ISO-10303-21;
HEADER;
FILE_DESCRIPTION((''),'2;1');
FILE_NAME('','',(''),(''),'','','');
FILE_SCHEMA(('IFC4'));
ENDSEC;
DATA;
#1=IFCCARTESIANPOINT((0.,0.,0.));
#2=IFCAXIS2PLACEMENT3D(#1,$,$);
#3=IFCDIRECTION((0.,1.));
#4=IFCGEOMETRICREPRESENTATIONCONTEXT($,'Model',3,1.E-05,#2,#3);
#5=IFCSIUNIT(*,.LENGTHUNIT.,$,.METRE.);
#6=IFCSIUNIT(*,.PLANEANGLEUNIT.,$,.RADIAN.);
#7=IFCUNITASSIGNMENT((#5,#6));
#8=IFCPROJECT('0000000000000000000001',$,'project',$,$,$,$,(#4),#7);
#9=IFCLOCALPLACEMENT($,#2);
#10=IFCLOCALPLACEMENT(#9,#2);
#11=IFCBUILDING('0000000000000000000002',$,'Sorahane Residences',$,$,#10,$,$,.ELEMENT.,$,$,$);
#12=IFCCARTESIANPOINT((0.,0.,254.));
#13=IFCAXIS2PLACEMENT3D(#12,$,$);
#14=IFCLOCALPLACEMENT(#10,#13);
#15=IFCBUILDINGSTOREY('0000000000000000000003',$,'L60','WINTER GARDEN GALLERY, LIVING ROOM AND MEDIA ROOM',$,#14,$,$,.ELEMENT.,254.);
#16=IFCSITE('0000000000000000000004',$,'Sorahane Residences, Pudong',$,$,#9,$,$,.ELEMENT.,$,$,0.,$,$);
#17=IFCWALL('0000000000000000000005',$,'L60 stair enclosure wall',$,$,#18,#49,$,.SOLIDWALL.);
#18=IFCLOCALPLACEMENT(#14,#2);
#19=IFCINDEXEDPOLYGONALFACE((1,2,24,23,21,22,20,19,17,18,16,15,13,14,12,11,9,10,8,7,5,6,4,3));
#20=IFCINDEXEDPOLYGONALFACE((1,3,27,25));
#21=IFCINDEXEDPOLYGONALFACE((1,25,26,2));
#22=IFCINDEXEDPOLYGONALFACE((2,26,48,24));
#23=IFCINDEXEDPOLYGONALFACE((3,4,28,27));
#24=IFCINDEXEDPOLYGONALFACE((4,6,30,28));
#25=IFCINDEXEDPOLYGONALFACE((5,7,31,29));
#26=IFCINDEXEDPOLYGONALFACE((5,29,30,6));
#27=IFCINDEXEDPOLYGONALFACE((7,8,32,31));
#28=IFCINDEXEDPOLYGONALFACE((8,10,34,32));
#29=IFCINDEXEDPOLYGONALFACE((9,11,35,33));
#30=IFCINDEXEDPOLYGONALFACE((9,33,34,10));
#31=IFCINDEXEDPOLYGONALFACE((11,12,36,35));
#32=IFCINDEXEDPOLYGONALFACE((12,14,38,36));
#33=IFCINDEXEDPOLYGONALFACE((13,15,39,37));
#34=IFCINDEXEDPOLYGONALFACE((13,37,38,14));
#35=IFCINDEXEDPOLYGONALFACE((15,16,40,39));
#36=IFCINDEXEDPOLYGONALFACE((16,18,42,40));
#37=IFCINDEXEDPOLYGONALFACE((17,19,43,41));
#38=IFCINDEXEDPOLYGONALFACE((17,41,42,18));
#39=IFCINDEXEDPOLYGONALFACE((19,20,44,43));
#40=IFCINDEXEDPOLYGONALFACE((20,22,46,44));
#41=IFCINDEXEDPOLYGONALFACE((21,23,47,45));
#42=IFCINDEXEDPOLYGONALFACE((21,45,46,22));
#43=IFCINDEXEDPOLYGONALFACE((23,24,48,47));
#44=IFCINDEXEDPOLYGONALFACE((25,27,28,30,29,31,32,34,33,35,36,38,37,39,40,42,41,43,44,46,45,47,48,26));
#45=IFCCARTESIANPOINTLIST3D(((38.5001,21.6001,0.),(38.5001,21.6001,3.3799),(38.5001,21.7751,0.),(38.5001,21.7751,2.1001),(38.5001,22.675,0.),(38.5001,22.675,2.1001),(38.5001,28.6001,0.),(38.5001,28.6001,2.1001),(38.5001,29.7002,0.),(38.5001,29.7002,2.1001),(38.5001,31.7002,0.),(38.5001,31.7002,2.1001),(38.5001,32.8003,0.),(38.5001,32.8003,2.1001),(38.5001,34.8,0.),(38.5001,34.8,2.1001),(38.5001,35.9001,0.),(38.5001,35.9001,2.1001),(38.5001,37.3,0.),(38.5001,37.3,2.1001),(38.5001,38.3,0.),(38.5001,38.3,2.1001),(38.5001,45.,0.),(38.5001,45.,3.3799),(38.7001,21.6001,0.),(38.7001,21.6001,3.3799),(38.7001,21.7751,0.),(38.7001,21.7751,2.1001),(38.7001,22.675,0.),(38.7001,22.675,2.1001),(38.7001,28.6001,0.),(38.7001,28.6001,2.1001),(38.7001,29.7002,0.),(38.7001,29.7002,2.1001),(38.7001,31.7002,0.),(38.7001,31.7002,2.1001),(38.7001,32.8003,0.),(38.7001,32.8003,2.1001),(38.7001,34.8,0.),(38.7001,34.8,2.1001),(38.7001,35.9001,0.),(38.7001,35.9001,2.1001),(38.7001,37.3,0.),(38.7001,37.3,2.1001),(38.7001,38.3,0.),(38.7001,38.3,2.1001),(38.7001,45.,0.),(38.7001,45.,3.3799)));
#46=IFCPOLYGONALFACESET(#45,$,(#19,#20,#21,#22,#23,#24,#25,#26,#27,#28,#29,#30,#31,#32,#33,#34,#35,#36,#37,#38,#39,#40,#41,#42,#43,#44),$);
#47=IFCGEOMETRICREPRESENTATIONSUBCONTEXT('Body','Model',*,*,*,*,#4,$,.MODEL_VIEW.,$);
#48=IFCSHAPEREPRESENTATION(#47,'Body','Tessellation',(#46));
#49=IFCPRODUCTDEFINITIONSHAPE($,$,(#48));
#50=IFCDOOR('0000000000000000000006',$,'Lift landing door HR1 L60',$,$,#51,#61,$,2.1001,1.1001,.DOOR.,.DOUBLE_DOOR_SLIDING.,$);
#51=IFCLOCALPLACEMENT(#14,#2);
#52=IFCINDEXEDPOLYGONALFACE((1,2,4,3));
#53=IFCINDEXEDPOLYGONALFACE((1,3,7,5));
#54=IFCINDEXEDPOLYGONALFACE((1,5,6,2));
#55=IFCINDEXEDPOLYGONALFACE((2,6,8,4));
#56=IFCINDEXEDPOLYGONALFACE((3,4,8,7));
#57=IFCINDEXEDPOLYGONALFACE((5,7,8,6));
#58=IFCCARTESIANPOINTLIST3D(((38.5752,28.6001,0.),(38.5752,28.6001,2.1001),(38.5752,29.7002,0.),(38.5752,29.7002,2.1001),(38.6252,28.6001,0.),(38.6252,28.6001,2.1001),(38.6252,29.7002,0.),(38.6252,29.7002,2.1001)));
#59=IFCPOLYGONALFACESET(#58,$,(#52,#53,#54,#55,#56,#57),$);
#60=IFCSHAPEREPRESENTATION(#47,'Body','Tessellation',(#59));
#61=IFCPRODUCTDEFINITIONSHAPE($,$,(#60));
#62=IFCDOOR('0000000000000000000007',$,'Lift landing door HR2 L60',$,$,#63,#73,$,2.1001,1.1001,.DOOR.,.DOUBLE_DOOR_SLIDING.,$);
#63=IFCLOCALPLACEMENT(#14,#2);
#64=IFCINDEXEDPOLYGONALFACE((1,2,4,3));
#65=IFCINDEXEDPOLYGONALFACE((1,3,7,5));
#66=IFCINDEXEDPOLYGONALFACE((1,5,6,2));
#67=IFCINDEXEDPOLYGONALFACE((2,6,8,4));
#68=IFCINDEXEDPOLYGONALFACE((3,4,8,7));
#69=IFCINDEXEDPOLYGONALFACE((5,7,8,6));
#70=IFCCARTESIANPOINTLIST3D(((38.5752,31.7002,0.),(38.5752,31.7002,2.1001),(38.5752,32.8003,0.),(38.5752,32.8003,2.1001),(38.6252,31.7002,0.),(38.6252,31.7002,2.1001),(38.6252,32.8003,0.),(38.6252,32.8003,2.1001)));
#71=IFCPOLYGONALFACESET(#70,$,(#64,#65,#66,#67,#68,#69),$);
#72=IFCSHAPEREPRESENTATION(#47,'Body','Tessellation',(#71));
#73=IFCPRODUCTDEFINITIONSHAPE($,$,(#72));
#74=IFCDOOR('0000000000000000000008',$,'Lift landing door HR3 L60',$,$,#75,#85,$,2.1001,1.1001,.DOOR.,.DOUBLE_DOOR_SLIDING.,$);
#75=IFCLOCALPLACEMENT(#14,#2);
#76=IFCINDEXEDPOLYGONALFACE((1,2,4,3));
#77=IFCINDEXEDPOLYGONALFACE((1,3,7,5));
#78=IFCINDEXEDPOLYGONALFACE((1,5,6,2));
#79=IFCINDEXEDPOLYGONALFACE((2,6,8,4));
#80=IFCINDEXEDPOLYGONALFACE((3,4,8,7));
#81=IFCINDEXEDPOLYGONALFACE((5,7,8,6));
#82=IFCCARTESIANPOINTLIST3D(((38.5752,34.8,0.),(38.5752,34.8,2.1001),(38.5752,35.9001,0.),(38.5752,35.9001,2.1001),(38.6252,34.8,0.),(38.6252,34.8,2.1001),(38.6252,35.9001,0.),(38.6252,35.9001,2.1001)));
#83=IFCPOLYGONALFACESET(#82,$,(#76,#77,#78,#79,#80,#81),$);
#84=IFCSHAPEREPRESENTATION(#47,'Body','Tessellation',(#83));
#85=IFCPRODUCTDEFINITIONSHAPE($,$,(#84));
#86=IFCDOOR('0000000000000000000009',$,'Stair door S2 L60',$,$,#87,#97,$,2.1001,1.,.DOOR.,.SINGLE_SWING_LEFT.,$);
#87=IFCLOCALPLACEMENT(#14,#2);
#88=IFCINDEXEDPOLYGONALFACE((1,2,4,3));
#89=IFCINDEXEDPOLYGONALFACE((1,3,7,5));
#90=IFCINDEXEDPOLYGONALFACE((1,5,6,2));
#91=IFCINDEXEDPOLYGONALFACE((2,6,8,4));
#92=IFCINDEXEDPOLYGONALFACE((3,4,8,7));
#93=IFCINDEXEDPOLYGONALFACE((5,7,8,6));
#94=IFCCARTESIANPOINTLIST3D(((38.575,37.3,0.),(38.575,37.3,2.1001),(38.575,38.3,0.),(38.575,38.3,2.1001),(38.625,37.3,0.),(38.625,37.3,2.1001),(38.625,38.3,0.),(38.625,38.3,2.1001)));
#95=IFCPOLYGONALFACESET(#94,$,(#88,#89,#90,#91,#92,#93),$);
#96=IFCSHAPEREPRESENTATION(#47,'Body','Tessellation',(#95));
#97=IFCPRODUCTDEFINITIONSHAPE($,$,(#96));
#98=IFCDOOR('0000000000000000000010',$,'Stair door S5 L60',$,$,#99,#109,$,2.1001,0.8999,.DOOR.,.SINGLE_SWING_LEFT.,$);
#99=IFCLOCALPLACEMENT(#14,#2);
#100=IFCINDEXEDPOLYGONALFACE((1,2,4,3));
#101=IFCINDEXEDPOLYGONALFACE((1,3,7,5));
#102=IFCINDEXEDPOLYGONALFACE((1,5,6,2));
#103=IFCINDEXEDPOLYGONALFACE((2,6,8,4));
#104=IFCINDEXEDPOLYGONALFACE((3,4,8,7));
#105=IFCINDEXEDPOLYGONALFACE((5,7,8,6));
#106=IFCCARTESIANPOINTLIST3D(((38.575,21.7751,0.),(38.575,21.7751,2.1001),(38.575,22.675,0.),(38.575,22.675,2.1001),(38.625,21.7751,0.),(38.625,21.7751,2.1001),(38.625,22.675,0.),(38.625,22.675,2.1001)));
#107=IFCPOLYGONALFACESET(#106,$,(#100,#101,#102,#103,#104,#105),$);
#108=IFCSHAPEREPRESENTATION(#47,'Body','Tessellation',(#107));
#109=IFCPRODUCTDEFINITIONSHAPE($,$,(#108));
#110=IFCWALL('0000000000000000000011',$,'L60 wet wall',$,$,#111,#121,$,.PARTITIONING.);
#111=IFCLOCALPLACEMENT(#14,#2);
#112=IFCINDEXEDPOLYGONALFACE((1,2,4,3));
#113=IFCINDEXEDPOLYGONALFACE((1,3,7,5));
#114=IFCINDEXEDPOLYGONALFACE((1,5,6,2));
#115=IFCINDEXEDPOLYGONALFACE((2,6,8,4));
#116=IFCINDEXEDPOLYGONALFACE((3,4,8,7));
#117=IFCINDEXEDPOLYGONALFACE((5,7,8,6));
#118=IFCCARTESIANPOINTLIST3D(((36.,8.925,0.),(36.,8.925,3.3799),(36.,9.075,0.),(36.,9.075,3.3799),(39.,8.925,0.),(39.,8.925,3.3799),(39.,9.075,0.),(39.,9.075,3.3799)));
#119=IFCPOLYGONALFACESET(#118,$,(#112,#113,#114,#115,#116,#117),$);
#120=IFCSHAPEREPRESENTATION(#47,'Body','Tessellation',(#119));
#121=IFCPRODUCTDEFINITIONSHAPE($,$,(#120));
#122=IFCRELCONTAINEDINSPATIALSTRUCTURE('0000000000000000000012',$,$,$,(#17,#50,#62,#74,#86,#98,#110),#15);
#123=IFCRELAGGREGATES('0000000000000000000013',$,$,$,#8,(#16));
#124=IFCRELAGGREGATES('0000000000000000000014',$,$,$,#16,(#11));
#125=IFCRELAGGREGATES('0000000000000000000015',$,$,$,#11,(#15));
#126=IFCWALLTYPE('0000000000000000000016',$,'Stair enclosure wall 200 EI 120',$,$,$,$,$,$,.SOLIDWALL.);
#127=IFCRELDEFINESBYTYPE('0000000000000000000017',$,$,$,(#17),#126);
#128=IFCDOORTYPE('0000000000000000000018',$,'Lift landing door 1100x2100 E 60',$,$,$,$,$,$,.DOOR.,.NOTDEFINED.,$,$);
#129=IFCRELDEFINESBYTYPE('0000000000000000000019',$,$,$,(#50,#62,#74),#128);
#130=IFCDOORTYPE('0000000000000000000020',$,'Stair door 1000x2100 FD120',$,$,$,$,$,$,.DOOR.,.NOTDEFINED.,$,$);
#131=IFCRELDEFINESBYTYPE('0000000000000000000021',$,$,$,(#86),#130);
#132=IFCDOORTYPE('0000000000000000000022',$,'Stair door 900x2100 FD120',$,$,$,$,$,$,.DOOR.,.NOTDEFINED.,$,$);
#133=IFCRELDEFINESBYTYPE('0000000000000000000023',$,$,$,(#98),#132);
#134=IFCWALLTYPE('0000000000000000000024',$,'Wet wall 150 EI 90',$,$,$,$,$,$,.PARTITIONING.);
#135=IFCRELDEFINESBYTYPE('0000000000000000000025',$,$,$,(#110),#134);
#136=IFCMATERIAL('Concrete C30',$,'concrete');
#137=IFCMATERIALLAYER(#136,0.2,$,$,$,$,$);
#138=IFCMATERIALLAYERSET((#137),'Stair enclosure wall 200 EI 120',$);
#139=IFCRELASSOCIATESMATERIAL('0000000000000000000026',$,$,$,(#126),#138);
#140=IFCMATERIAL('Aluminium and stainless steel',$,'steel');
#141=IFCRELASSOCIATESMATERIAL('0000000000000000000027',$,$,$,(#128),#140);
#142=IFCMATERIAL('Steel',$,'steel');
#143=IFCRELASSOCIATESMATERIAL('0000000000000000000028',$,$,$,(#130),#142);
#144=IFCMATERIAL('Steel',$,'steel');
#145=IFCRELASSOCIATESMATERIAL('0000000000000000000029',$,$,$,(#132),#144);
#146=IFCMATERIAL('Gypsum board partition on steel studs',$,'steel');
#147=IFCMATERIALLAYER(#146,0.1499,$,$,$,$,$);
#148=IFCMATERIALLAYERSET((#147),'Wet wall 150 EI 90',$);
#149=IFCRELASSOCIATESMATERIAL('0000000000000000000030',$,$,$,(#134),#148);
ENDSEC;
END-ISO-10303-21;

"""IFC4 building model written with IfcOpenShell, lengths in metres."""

from ifc_helpers import new_model, si_unit, direction, frame, frame_2d, origin, place, context, subcontext, project, spatial, rectangle, extrude, material, layer, layer_set, type_object, element, fill, save


model = new_model("IFC4")

# Units and contexts
model_context = context("Model", 3, precision=1e-05, world=origin(), true_north=direction((0.0, 1.0)))
body_context = subcontext(model_context, "Body", "Model", "MODEL_VIEW")
ifc_project = project(units=[si_unit("LENGTHUNIT", "METRE"), si_unit("PLANEANGLEUNIT", "RADIAN")], contexts=[model_context])

# Site, building, storey
site_placement = place(None, origin())
site = spatial("IfcSite", under=ifc_project, at=site_placement, Name="Sorahane Residences, Pudong", CompositionType="ELEMENT", RefElevation=0.0)
building_placement = place(site_placement, origin())
building = spatial("IfcBuilding", under=site, at=building_placement, Name="Sorahane Residences", CompositionType="ELEMENT")
storey_placement = place(building_placement, frame((0.0, 0.0, 254.0)))
storey = spatial("IfcBuildingStorey", under=building, at=storey_placement, Name="L60", Description="WINTER GARDEN GALLERY, LIVING ROOM AND MEDIA ROOM", CompositionType="ELEMENT", Elevation=254.0)

# Wall, openings, doors
ifc_material_1 = material(Name="Concrete C30", Category="concrete")
ifc_layer_1 = layer(ifc_material_1, 0.2)
ifc_layer_set_1 = layer_set([ifc_layer_1], Name="Stair enclosure wall 200 EI 120")
wall_type_1 = type_object("IfcWallType", Name="Stair enclosure wall 200 EI 120", PredefinedType="SOLIDWALL", material=ifc_layer_set_1)
wall_1_placement = place(storey_placement, frame((38.6001, 21.6001, 0.0), z_axis=(0.0, 0.0, 1.0), x_axis=(0.0, 1.0, 0.0)))
wall_1 = element("IfcWall", 1, at=wall_1_placement, inside=storey, type_object=wall_type_1, Name="L60 stair enclosure wall", PredefinedType="SOLIDWALL", context=body_context, shape_type="SweptSolid", body=[
    extrude(rectangle(XDim=23.3999, YDim=0.2, at=frame_2d((11.7, 0.0))), origin(), (0.0, 0.0, 1.0), 3.3799),
])
opening_1_placement = place(wall_1_placement, frame((7.0, 0.0, 0.0)))
opening_1 = element("IfcOpeningElement", 2, at=opening_1_placement, cuts=wall_1, PredefinedType="OPENING", context=body_context, shape_type="SweptSolid", body=[
    extrude(rectangle(XDim=1.1001, YDim=2.1001, at=frame_2d((0.55, 1.05))), frame((0.0, 0.1099, 0.0), z_axis=(0.0, -1.0, 0.0), x_axis=(1.0, 0.0, 0.0)), (0.0, 0.0, 1.0), 0.22),
])
opening_2_placement = place(wall_1_placement, frame((10.1001, 0.0, 0.0)))
opening_2 = element("IfcOpeningElement", 3, at=opening_2_placement, cuts=wall_1, PredefinedType="OPENING", context=body_context, shape_type="SweptSolid", body=[
    extrude(rectangle(XDim=1.1001, YDim=2.1001, at=frame_2d((0.55, 1.05))), frame((0.0, 0.1099, 0.0), z_axis=(0.0, -1.0, 0.0), x_axis=(1.0, 0.0, 0.0)), (0.0, 0.0, 1.0), 0.22),
])
opening_3_placement = place(wall_1_placement, frame((13.2, 0.0, 0.0)))
opening_3 = element("IfcOpeningElement", 4, at=opening_3_placement, cuts=wall_1, PredefinedType="OPENING", context=body_context, shape_type="SweptSolid", body=[
    extrude(rectangle(XDim=1.1001, YDim=2.1001, at=frame_2d((0.55, 1.05))), frame((0.0, 0.1099, 0.0), z_axis=(0.0, -1.0, 0.0), x_axis=(1.0, 0.0, 0.0)), (0.0, 0.0, 1.0), 0.22),
])
opening_4_placement = place(wall_1_placement, frame((15.7, 0.0, 0.0)))
opening_4 = element("IfcOpeningElement", 5, at=opening_4_placement, cuts=wall_1, PredefinedType="OPENING", context=body_context, shape_type="SweptSolid", body=[
    extrude(rectangle(XDim=1.0, YDim=2.1001, at=frame_2d((0.5, 1.05))), frame((0.0, 0.1099, 0.0), z_axis=(0.0, -1.0, 0.0), x_axis=(1.0, 0.0, 0.0)), (0.0, 0.0, 1.0), 0.22),
])
opening_5_placement = place(wall_1_placement, frame((0.175, 0.0, 0.0)))
opening_5 = element("IfcOpeningElement", 6, at=opening_5_placement, cuts=wall_1, PredefinedType="OPENING", context=body_context, shape_type="SweptSolid", body=[
    extrude(rectangle(XDim=0.8999, YDim=2.1001, at=frame_2d((0.45, 1.05))), frame((0.0, 0.1099, 0.0), z_axis=(0.0, -1.0, 0.0), x_axis=(1.0, 0.0, 0.0)), (0.0, 0.0, 1.0), 0.22),
])
ifc_material_2 = material(Name="Aluminium and stainless steel", Category="steel")
door_type_1 = type_object("IfcDoorType", Name="Lift landing door 1100x2100 E 60", OperationType="NOTDEFINED", PredefinedType="DOOR", material=ifc_material_2)
door_1_placement = place(opening_1_placement, origin())
door_1 = element("IfcDoor", 7, at=door_1_placement, inside=storey, type_object=door_type_1, Name="Lift landing door HR1 L60", OperationType="DOUBLE_DOOR_SLIDING", OverallHeight=2.1001, OverallWidth=1.1001, PredefinedType="DOOR", context=body_context, shape_type="SweptSolid", body=[
    extrude(rectangle(XDim=1.1001, YDim=2.1001, at=frame_2d((0.55, 1.05))), frame((0.0, 0.0249, 0.0), z_axis=(0.0, -1.0, 0.0), x_axis=(1.0, 0.0, 0.0)), (0.0, 0.0, 1.0), 0.05),
])
fill(opening_1, door_1)
door_2_placement = place(opening_2_placement, origin())
door_2 = element("IfcDoor", 8, at=door_2_placement, inside=storey, type_object=door_type_1, Name="Lift landing door HR2 L60", OperationType="DOUBLE_DOOR_SLIDING", OverallHeight=2.1001, OverallWidth=1.1001, PredefinedType="DOOR", context=body_context, shape_type="SweptSolid", body=[
    extrude(rectangle(XDim=1.1001, YDim=2.1001, at=frame_2d((0.55, 1.05))), frame((0.0, 0.0249, 0.0), z_axis=(0.0, -1.0, 0.0), x_axis=(1.0, 0.0, 0.0)), (0.0, 0.0, 1.0), 0.05),
])
fill(opening_2, door_2)
door_3_placement = place(opening_3_placement, origin())
door_3 = element("IfcDoor", 9, at=door_3_placement, inside=storey, type_object=door_type_1, Name="Lift landing door HR3 L60", OperationType="DOUBLE_DOOR_SLIDING", OverallHeight=2.1001, OverallWidth=1.1001, PredefinedType="DOOR", context=body_context, shape_type="SweptSolid", body=[
    extrude(rectangle(XDim=1.1001, YDim=2.1001, at=frame_2d((0.55, 1.05))), frame((0.0, 0.0249, 0.0), z_axis=(0.0, -1.0, 0.0), x_axis=(1.0, 0.0, 0.0)), (0.0, 0.0, 1.0), 0.05),
])
fill(opening_3, door_3)
ifc_material_3 = material(Name="Steel", Category="steel")
door_type_2 = type_object("IfcDoorType", Name="Stair door 1000x2100 FD120", OperationType="NOTDEFINED", PredefinedType="DOOR", material=ifc_material_3)
door_4_placement = place(opening_4_placement, frame((1.0, 0.0, 0.0), z_axis=(0.0, 0.0, 1.0), x_axis=(-1.0, 0.0, 0.0)))
door_4 = element("IfcDoor", 10, at=door_4_placement, inside=storey, type_object=door_type_2, Name="Stair door S2 L60", OperationType="SINGLE_SWING_LEFT", OverallHeight=2.1001, OverallWidth=1.0, PredefinedType="DOOR", context=body_context, shape_type="SweptSolid", body=[
    extrude(rectangle(XDim=1.0, YDim=2.1001, at=frame_2d((0.5, 1.05))), frame((0.0, 0.0249, 0.0), z_axis=(0.0, -1.0, 0.0), x_axis=(1.0, 0.0, 0.0)), (0.0, 0.0, 1.0), 0.05),
])
fill(opening_4, door_4)
ifc_material_4 = material(Name="Steel", Category="steel")
door_type_3 = type_object("IfcDoorType", Name="Stair door 900x2100 FD120", OperationType="NOTDEFINED", PredefinedType="DOOR", material=ifc_material_4)
door_5_placement = place(opening_5_placement, frame((0.8999, 0.0, 0.0), z_axis=(0.0, 0.0, 1.0), x_axis=(-1.0, 0.0, 0.0)))
door_5 = element("IfcDoor", 11, at=door_5_placement, inside=storey, type_object=door_type_3, Name="Stair door S5 L60", OperationType="SINGLE_SWING_LEFT", OverallHeight=2.1001, OverallWidth=0.8999, PredefinedType="DOOR", context=body_context, shape_type="SweptSolid", body=[
    extrude(rectangle(XDim=0.8999, YDim=2.1001, at=frame_2d((0.45, 1.05))), frame((0.0, 0.0249, 0.0), z_axis=(0.0, -1.0, 0.0), x_axis=(1.0, 0.0, 0.0)), (0.0, 0.0, 1.0), 0.05),
])
fill(opening_5, door_5)

# Wall
ifc_material_5 = material(Name="Gypsum board partition on steel studs", Category="steel")
ifc_layer_2 = layer(ifc_material_5, 0.1499)
ifc_layer_set_2 = layer_set([ifc_layer_2], Name="Wet wall 150 EI 90")
wall_type_2 = type_object("IfcWallType", Name="Wet wall 150 EI 90", PredefinedType="PARTITIONING", material=ifc_layer_set_2)
wall_2_placement = place(storey_placement, frame((36.0, 9.0, 0.0), z_axis=(0.0, 0.0, 1.0), x_axis=(1.0, 0.0, 0.0)))
element("IfcWall", 12, at=wall_2_placement, inside=storey, type_object=wall_type_2, Name="L60 wet wall", PredefinedType="PARTITIONING", context=body_context, shape_type="SweptSolid", body=[
    extrude(rectangle(XDim=3.0, YDim=0.1499, at=frame_2d((1.5, 0.0))), origin(), (0.0, 0.0, 1.0), 3.3799),
])

save(model, "model.ifc")
